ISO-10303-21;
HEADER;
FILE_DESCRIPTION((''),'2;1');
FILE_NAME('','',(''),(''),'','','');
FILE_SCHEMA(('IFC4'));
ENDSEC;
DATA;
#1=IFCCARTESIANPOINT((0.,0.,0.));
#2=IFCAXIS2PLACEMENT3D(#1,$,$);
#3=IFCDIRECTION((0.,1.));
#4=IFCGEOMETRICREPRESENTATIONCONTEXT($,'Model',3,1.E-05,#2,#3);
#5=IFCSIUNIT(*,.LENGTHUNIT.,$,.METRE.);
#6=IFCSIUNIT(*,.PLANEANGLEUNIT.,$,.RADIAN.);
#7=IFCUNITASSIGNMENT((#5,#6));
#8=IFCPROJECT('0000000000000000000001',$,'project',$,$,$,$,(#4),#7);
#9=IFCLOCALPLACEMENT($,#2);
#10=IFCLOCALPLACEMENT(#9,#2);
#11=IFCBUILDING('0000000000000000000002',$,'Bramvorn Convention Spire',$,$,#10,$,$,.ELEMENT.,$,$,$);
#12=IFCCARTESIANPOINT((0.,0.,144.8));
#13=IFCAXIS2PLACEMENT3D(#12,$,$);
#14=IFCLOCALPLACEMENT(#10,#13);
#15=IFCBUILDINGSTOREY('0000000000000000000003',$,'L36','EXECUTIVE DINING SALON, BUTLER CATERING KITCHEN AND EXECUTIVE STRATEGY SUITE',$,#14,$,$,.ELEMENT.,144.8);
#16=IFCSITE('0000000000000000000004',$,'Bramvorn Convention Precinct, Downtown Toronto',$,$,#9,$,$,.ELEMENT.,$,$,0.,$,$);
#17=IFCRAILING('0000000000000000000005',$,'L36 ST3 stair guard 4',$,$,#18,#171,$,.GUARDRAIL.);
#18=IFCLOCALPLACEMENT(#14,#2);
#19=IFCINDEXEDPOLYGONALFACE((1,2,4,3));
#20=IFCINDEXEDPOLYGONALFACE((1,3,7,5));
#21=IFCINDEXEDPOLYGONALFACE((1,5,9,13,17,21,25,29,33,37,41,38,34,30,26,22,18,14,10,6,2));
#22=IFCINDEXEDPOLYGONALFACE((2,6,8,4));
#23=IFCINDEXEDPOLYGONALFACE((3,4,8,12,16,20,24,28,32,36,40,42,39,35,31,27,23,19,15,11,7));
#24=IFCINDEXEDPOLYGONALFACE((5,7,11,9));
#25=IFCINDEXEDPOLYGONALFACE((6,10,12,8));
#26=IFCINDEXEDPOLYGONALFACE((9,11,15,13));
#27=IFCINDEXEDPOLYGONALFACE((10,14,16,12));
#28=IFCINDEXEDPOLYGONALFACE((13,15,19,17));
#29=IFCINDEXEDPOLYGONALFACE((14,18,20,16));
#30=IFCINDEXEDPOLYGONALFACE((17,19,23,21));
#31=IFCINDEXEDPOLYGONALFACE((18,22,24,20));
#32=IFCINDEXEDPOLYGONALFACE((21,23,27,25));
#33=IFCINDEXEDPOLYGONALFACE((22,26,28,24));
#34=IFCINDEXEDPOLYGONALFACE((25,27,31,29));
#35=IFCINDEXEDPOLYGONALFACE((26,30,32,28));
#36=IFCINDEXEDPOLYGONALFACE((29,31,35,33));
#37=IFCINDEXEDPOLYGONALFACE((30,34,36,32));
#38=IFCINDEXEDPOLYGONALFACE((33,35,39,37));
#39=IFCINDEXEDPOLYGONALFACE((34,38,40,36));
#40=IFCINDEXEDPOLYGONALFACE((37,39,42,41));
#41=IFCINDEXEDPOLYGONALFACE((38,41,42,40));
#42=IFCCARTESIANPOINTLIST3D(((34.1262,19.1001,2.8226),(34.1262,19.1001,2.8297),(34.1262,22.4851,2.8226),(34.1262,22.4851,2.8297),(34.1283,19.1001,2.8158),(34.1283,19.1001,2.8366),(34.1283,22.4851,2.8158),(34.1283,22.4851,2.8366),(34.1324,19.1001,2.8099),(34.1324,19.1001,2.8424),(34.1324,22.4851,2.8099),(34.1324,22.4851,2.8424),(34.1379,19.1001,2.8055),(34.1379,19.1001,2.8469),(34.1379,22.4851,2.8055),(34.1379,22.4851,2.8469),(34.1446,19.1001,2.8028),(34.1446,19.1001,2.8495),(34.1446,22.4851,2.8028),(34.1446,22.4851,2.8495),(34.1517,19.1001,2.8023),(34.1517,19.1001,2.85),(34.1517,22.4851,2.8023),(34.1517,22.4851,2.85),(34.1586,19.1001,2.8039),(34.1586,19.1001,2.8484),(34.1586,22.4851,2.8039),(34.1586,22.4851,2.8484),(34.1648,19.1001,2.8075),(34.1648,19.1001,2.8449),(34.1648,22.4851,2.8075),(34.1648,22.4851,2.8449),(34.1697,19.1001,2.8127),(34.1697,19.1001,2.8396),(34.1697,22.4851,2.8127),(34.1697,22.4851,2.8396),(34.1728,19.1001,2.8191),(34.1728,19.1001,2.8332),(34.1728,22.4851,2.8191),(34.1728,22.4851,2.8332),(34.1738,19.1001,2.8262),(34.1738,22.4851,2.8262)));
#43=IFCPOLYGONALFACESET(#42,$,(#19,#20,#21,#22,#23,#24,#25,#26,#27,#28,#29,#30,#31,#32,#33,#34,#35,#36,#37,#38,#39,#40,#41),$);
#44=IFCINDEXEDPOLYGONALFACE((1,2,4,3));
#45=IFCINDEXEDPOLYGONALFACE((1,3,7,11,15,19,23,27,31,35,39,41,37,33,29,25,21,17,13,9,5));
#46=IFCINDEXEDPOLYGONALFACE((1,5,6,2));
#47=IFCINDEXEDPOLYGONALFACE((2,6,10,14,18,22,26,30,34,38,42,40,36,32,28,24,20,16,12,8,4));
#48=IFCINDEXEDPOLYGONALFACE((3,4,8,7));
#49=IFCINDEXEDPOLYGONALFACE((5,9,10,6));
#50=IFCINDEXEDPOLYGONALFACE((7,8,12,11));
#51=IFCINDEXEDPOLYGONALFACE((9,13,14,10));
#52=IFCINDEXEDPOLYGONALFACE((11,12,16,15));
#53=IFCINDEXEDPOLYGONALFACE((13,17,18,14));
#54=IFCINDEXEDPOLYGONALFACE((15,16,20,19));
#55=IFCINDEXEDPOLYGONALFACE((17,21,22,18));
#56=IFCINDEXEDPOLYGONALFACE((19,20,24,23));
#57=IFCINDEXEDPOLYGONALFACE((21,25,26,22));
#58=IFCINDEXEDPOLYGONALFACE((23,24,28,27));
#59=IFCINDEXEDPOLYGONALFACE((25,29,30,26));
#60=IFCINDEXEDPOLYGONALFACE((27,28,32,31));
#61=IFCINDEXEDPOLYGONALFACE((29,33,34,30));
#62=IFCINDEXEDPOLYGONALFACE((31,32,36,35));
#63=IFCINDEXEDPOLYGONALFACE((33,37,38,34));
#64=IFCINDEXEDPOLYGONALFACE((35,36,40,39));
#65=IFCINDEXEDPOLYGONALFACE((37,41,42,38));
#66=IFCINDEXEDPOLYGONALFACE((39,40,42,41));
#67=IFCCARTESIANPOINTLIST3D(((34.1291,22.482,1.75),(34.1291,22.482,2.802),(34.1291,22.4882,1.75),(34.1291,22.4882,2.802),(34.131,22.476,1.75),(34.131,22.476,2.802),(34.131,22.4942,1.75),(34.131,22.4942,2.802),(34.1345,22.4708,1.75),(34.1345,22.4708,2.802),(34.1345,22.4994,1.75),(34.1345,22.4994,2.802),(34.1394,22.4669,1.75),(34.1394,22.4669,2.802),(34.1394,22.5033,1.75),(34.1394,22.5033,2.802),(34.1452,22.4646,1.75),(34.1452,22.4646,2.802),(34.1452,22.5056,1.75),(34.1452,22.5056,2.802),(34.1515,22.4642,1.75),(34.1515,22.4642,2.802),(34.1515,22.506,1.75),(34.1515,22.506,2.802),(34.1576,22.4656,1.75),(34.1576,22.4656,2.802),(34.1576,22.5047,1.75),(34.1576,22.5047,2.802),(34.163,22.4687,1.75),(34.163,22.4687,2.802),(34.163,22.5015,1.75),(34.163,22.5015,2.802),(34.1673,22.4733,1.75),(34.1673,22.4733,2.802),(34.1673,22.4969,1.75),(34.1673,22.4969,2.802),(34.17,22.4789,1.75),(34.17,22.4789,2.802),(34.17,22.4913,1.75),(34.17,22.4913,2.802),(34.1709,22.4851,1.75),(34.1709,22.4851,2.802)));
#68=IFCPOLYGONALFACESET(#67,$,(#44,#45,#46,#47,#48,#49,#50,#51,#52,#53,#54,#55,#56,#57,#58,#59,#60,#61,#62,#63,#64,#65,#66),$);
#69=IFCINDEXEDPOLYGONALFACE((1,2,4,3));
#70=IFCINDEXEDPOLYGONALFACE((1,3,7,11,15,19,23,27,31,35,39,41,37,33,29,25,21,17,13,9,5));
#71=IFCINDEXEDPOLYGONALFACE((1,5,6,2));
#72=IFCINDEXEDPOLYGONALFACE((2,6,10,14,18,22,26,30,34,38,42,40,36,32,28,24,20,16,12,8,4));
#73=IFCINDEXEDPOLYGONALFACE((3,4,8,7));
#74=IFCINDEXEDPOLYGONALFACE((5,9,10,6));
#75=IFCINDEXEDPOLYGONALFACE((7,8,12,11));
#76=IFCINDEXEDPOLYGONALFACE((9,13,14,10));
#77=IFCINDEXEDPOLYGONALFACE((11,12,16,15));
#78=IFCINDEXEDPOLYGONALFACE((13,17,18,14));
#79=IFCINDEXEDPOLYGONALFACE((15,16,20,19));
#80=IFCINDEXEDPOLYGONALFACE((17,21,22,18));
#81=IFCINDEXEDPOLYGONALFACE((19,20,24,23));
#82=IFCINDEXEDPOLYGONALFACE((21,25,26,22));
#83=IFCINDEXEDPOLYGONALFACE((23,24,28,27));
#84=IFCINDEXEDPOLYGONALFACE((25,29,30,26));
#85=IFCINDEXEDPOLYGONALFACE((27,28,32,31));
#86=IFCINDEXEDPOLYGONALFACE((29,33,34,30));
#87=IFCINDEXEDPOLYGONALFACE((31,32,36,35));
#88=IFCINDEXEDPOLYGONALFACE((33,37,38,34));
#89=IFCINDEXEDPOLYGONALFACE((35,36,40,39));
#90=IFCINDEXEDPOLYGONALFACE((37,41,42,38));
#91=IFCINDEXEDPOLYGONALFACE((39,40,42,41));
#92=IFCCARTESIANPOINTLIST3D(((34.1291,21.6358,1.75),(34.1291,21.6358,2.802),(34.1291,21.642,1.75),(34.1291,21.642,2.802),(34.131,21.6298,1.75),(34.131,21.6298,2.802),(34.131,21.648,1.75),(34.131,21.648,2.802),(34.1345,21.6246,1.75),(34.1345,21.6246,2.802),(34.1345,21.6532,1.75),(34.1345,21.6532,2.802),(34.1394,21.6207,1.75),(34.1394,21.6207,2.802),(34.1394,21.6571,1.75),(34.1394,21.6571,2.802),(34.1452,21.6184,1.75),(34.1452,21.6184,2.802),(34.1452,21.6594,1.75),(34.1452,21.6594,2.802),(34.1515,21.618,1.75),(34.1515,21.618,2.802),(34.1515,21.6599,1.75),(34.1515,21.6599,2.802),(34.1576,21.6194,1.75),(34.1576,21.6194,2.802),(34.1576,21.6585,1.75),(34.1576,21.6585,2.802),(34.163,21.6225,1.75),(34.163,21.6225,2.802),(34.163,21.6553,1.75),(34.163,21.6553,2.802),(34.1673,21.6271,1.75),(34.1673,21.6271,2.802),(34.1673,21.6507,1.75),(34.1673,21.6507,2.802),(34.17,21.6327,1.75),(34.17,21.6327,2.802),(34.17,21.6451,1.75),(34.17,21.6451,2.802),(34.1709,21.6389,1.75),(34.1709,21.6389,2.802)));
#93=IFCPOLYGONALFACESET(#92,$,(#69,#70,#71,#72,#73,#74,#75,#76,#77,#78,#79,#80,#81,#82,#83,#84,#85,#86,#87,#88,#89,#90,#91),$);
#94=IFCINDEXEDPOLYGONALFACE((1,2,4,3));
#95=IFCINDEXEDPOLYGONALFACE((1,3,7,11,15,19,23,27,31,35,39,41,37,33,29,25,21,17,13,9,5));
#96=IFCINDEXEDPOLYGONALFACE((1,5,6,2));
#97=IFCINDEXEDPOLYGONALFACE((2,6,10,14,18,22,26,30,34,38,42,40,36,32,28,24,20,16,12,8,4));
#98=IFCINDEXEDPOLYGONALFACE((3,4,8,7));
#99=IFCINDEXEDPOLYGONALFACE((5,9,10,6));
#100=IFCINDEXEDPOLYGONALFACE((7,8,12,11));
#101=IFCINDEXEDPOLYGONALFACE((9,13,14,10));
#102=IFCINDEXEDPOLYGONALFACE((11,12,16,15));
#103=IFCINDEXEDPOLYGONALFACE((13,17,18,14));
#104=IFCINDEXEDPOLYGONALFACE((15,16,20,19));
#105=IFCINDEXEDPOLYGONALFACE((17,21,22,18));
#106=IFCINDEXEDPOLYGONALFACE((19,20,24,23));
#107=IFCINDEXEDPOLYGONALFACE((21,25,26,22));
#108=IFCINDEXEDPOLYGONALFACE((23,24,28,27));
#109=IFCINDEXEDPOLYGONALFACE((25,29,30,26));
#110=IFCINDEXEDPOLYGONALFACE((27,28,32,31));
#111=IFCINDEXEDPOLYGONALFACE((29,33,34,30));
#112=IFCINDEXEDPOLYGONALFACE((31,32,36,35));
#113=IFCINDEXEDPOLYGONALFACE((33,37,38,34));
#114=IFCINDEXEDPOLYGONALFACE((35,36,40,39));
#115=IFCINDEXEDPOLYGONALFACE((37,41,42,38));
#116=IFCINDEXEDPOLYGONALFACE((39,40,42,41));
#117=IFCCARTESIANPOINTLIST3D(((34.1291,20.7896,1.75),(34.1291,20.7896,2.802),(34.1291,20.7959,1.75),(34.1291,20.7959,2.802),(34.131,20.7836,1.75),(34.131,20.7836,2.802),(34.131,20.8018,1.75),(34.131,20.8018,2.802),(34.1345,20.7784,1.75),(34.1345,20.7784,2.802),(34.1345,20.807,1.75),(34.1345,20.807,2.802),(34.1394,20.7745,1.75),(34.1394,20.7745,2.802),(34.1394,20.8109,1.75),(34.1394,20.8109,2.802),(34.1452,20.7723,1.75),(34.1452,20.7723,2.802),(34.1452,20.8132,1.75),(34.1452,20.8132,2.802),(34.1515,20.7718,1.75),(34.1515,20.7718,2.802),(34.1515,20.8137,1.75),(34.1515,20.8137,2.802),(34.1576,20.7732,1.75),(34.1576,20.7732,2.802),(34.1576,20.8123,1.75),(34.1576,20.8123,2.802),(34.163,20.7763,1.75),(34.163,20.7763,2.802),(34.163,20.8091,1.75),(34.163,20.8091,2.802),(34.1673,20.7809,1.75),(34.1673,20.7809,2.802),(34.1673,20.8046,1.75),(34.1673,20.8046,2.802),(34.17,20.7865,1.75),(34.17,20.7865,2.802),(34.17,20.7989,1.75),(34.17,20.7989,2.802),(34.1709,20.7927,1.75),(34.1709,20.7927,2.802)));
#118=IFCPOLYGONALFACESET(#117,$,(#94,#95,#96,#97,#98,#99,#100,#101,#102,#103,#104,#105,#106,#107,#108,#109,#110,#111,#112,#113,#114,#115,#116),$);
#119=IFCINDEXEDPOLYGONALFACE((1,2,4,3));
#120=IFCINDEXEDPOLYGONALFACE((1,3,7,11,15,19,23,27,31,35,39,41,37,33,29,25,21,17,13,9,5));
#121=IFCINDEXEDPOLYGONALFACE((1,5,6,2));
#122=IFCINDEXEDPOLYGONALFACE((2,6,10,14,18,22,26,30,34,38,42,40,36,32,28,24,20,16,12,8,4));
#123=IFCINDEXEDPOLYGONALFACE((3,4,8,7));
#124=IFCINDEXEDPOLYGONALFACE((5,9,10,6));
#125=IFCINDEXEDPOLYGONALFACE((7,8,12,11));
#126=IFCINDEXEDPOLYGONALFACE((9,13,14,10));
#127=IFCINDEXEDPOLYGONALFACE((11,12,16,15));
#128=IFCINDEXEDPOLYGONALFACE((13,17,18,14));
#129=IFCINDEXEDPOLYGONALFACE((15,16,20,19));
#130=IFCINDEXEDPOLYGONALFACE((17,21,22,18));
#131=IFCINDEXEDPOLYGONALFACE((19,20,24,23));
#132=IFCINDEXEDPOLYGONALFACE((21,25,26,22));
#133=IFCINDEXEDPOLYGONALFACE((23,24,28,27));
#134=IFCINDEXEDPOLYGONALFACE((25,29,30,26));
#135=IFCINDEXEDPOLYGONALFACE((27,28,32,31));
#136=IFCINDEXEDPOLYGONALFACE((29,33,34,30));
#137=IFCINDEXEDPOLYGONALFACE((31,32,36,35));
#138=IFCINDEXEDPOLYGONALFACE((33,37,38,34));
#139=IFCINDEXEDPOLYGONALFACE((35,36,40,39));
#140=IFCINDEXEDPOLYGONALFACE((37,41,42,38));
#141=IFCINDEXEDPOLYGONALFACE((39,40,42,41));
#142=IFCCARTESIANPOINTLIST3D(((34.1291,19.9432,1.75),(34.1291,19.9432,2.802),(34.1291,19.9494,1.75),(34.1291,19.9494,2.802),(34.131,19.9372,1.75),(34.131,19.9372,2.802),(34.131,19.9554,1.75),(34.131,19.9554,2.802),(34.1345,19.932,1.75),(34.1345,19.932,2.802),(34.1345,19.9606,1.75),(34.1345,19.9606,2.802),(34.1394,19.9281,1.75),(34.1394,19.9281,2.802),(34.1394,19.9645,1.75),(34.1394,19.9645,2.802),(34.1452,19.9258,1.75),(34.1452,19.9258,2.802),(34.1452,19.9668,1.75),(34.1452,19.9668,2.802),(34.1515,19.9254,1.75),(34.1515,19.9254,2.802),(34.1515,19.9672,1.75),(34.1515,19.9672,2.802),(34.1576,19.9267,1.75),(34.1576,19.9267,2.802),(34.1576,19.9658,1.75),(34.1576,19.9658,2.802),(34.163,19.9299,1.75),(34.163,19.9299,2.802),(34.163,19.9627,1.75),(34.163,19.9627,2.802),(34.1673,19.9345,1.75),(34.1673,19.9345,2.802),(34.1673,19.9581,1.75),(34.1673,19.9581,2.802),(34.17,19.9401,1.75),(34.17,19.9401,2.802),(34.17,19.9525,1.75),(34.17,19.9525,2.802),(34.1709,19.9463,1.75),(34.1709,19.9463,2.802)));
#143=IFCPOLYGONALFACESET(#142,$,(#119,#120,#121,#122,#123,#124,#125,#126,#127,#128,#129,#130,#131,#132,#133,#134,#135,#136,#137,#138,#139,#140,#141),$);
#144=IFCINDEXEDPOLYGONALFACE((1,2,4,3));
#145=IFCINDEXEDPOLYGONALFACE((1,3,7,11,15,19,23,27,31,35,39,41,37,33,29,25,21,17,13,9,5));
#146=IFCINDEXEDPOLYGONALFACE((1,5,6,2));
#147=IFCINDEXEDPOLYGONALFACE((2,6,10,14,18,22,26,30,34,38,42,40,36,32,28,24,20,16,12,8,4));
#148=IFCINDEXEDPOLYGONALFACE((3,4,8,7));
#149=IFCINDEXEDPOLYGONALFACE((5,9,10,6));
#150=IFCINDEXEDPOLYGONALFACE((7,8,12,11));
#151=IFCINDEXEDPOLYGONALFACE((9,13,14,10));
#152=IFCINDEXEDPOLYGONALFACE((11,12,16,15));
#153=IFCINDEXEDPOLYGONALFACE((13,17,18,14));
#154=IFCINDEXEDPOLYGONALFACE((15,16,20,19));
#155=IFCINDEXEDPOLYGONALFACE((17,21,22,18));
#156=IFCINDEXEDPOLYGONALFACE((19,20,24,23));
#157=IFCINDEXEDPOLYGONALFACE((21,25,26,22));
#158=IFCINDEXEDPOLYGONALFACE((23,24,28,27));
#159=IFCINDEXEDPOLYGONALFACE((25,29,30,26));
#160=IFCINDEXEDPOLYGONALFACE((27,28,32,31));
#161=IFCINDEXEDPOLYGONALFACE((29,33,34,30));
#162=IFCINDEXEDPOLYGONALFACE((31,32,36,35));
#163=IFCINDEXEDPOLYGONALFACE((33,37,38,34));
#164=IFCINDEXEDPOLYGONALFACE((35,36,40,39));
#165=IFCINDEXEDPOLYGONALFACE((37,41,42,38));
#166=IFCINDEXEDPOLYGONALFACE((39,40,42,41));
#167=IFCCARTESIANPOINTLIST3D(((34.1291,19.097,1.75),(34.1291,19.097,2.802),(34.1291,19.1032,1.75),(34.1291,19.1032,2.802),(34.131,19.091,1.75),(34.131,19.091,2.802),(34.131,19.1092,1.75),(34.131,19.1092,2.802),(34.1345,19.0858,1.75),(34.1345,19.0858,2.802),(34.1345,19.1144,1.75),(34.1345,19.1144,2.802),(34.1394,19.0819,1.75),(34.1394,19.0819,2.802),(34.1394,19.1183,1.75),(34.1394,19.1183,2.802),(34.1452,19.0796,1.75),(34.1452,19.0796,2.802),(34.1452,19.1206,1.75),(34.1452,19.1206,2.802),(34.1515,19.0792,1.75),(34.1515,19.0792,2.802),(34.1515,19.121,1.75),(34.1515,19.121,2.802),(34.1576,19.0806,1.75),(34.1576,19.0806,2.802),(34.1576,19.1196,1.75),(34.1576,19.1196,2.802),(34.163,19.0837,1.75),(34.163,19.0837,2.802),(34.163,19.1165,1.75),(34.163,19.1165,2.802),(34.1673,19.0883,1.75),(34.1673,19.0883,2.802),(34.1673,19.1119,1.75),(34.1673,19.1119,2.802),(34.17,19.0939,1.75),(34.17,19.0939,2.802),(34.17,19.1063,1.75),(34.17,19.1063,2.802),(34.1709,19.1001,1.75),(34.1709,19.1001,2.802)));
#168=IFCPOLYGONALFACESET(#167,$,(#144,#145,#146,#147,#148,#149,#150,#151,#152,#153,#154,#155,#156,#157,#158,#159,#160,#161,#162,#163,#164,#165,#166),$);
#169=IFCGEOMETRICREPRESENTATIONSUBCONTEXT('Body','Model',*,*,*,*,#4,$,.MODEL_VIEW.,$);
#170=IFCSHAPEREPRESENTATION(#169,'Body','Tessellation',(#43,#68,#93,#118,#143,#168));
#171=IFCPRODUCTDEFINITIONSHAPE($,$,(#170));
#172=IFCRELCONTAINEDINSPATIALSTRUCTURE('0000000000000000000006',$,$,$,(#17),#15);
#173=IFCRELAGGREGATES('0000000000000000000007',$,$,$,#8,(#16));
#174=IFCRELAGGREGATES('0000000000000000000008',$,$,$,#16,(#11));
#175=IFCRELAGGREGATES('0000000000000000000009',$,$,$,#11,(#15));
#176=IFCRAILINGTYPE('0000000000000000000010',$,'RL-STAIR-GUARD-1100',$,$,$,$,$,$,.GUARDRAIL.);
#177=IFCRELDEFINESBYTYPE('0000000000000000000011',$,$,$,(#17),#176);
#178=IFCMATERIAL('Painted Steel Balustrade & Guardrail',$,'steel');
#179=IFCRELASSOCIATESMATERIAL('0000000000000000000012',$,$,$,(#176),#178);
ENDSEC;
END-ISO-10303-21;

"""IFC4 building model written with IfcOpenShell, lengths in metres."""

from ifc_helpers import new_model, si_unit, direction, frame, origin, origin_2d, place, context, subcontext, project, spatial, circle, extrude, material, type_object, element, save


model = new_model("IFC4")

# Units and contexts
model_context = context("Model", 3, precision=1e-05, world=origin(), true_north=direction((0.0, 1.0)))
body_context = subcontext(model_context, "Body", "Model", "MODEL_VIEW")
ifc_project = project(units=[si_unit("LENGTHUNIT", "METRE"), si_unit("PLANEANGLEUNIT", "RADIAN")], contexts=[model_context])

# Site, building, storey
site_placement = place(None, origin())
site = spatial("IfcSite", under=ifc_project, at=site_placement, Name="Bramvorn Convention Precinct, Downtown Toronto", CompositionType="ELEMENT", RefElevation=0.0)
building_placement = place(site_placement, origin())
building = spatial("IfcBuilding", under=site, at=building_placement, Name="Bramvorn Convention Spire", CompositionType="ELEMENT")
storey_placement = place(building_placement, frame((0.0, 0.0, 144.8)))
storey = spatial("IfcBuildingStorey", under=building, at=storey_placement, Name="L36", Description="EXECUTIVE DINING SALON, BUTLER CATERING KITCHEN AND EXECUTIVE STRATEGY SUITE", CompositionType="ELEMENT", Elevation=144.8)

# Railing
ifc_material_1 = material(Name="Painted Steel Balustrade & Guardrail", Category="steel")
railing_type_1 = type_object("IfcRailingType", Name="RL-STAIR-GUARD-1100", PredefinedType="GUARDRAIL", material=ifc_material_1)
for number, where, name in (
    (1, (34.1499, 22.4851, 1.75), "L36 ST3 stair guard 4"),
):
    element("IfcRailing", number, at=place(storey_placement, frame(where)), inside=storey, type_object=railing_type_1, Name=name, PredefinedType="GUARDRAIL", context=body_context, shape_type="SweptSolid", body=[
        extrude(circle(Radius=0.0239, at=origin_2d()), frame((0.0, 0.0, 1.0762), z_axis=(0.0, -1.0, 0.0), x_axis=(1.0, 0.0, 0.0)), (0.0, 0.0, 1.0), 3.385),
        extrude(circle(Radius=0.021, at=origin_2d()), origin(), (0.0, 0.0, 1.0), 1.052),
        extrude(circle(Radius=0.021, at=origin_2d()), frame((0.0, -0.8462, 0.0)), (0.0, 0.0, 1.0), 1.052),
        extrude(circle(Radius=0.021, at=origin_2d()), frame((0.0, -1.6924, 0.0)), (0.0, 0.0, 1.0), 1.052),
        extrude(circle(Radius=0.021, at=origin_2d()), frame((0.0, -2.5388, 0.0)), (0.0, 0.0, 1.0), 1.052),
        extrude(circle(Radius=0.021, at=origin_2d()), frame((0.0, -3.385, 0.0)), (0.0, 0.0, 1.0), 1.052),
    ])

save(model, "model.ifc")
